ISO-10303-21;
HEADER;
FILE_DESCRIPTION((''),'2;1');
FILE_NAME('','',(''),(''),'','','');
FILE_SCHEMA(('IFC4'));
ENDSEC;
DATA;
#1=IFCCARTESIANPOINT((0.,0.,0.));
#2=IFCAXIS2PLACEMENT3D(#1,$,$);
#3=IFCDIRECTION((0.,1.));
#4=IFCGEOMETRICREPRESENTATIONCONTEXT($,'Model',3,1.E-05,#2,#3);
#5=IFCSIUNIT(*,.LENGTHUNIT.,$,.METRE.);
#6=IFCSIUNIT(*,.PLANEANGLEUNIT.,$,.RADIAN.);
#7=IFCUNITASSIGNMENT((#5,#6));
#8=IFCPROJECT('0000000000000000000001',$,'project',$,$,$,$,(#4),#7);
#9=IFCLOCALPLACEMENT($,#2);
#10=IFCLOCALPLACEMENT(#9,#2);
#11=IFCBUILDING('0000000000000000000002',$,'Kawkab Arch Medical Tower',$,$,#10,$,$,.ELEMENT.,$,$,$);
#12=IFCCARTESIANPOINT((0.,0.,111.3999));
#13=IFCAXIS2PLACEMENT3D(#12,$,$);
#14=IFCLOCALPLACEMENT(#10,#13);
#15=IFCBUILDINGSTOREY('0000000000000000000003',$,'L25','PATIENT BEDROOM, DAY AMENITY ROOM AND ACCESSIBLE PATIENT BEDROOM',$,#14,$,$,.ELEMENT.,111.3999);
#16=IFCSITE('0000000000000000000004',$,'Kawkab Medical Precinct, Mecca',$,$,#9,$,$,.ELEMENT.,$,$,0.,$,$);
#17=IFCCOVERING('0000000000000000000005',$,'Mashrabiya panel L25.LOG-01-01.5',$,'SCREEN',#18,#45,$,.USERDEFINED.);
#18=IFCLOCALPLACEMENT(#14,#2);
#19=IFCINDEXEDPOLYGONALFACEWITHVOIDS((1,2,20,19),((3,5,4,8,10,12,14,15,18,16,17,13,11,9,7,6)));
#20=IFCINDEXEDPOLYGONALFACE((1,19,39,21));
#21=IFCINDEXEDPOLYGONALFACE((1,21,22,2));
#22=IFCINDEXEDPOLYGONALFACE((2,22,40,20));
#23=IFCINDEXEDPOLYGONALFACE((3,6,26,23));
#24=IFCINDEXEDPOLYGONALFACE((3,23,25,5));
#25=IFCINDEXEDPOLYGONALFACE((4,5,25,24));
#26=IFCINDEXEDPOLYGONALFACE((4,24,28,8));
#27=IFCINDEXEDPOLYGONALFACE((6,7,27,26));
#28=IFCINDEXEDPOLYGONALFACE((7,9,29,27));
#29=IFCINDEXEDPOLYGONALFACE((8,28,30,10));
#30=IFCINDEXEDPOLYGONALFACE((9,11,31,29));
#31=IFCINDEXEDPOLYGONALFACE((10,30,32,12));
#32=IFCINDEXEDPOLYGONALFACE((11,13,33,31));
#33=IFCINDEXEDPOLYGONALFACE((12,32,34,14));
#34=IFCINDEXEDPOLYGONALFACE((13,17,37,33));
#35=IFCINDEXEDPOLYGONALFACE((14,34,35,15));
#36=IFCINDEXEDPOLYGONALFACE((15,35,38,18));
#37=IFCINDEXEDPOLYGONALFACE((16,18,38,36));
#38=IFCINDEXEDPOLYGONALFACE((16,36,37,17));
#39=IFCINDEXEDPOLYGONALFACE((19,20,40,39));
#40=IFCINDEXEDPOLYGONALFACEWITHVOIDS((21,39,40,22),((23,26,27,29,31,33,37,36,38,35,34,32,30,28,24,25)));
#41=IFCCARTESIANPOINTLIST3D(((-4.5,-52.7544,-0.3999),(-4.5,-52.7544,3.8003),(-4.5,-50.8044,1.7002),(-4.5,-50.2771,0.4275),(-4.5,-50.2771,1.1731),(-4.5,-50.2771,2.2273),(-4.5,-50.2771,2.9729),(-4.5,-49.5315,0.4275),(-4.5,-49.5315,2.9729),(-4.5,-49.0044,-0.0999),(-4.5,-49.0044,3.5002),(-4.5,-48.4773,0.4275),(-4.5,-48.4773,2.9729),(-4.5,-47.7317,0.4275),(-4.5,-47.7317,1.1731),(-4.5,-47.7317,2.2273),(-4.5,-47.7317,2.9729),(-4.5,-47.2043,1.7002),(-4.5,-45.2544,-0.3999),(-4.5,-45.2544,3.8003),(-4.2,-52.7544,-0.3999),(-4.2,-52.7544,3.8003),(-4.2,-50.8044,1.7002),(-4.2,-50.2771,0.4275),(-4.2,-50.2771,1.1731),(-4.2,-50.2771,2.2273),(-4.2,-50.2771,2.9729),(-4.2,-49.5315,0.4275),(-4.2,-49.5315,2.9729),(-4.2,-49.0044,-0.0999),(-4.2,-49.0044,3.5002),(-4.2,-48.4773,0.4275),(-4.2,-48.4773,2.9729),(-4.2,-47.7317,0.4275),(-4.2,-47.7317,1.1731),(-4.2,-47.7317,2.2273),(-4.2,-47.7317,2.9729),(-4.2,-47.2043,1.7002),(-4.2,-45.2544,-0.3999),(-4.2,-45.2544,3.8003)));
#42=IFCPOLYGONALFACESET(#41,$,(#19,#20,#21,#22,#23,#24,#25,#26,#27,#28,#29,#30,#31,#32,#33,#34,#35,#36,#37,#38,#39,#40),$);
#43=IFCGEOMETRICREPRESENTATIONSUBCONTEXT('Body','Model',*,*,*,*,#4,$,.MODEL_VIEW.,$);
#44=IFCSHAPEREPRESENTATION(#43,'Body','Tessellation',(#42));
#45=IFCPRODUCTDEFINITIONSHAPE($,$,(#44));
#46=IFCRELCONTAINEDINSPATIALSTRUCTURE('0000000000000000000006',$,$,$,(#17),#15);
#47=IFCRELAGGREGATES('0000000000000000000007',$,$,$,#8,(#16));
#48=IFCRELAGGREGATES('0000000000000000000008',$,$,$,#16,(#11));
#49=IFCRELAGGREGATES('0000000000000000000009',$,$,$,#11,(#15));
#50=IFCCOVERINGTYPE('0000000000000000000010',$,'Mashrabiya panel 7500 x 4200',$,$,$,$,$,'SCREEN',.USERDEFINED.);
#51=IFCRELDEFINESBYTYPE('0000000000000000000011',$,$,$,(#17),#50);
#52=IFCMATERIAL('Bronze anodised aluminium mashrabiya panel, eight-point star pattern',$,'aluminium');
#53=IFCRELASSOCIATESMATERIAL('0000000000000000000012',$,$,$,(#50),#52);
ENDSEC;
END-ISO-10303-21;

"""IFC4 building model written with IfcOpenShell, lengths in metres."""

from ifc_helpers import new_model, si_unit, direction, frame, origin, place, context, subcontext, project, spatial, polyline, outline, extrude, material, material_profile, profile_set, type_object, element, save


model = new_model("IFC4")

# Units and contexts
model_context = context("Model", 3, precision=1e-05, world=origin(), true_north=direction((0.0, 1.0)))
body_context = subcontext(model_context, "Body", "Model", "MODEL_VIEW")
ifc_project = project(units=[si_unit("LENGTHUNIT", "METRE"), si_unit("PLANEANGLEUNIT", "RADIAN")], contexts=[model_context])

# Site, building, storey
site_placement = place(None, origin())
site = spatial("IfcSite", under=ifc_project, at=site_placement, Name="Kawkab Medical Precinct, Mecca", CompositionType="ELEMENT", RefElevation=0.0)
building_placement = place(site_placement, origin())
building = spatial("IfcBuilding", under=site, at=building_placement, Name="Kawkab Arch Medical Tower", CompositionType="ELEMENT")
storey_placement = place(building_placement, frame((0.0, 0.0, 111.3999)))
storey = spatial("IfcBuildingStorey", under=building, at=storey_placement, Name="L25", Description="PATIENT BEDROOM, DAY AMENITY ROOM AND ACCESSIBLE PATIENT BEDROOM", CompositionType="ELEMENT", Elevation=111.3999)

# Covering
ifc_material_1 = material(Name="Bronze anodised aluminium mashrabiya panel, eight-point star pattern", Category="aluminium")
ifc_material_profile_1 = material_profile(ifc_material_1, outline(polyline([(-3.75, -2.1001), (3.75, -2.1001), (3.75, 2.1001), (-3.75, 2.1001), (-3.75, -2.1001)]), holes=[polyline([(1.8, 0.0), (1.2727, 0.5271), (1.2727, 1.2727), (0.5271, 1.2727), (0.0, 1.8), (-0.5271, 1.2727), (-1.2727, 1.2727), (-1.2727, 0.5271), (-1.8, 0.0), (-1.2727, -0.5271), (-1.2727, -1.2727), (-0.5271, -1.2727), (0.0, -1.8), (0.5271, -1.2727), (1.2727, -1.2727), (1.2727, -0.5271), (1.8, 0.0)])]), Name="Mashrabiya panel 7500x4200")
ifc_profile_set_1 = profile_set([ifc_material_profile_1], Name="Bronze anodised aluminium mashrabiya panel, eight-point star pattern")
covering_type = type_object("IfcCoveringType", Name="Mashrabiya panel 7500 x 4200", ElementType="SCREEN", PredefinedType="USERDEFINED", material=ifc_profile_set_1)
covering_placement = place(storey_placement, frame((-4.2, -49.0044, 1.7002), z_axis=(-1.0, 0.0, 0.0), x_axis=(0.0, -1.0, 0.0)))
element("IfcCovering", 1, at=covering_placement, inside=storey, type_object=covering_type, Name="Mashrabiya panel L25.LOG-01-01.5", ObjectType="SCREEN", PredefinedType="USERDEFINED", context=body_context, shape_type="SweptSolid", body=[
    extrude(outline(polyline([(-3.75, -2.1001), (3.75, -2.1001), (3.75, 2.1001), (-3.75, 2.1001), (-3.75, -2.1001)]), holes=[polyline([(1.8, 0.0), (1.2727, 0.5271), (1.2727, 1.2727), (0.5271, 1.2727), (0.0, 1.8), (-0.5271, 1.2727), (-1.2727, 1.2727), (-1.2727, 0.5271), (-1.8, 0.0), (-1.2727, -0.5271), (-1.2727, -1.2727), (-0.5271, -1.2727), (0.0, -1.8), (0.5271, -1.2727), (1.2727, -1.2727), (1.2727, -0.5271), (1.8, 0.0)])]), origin(), (0.0, 0.0, 1.0), 0.3),
])

save(model, "model.ifc")
